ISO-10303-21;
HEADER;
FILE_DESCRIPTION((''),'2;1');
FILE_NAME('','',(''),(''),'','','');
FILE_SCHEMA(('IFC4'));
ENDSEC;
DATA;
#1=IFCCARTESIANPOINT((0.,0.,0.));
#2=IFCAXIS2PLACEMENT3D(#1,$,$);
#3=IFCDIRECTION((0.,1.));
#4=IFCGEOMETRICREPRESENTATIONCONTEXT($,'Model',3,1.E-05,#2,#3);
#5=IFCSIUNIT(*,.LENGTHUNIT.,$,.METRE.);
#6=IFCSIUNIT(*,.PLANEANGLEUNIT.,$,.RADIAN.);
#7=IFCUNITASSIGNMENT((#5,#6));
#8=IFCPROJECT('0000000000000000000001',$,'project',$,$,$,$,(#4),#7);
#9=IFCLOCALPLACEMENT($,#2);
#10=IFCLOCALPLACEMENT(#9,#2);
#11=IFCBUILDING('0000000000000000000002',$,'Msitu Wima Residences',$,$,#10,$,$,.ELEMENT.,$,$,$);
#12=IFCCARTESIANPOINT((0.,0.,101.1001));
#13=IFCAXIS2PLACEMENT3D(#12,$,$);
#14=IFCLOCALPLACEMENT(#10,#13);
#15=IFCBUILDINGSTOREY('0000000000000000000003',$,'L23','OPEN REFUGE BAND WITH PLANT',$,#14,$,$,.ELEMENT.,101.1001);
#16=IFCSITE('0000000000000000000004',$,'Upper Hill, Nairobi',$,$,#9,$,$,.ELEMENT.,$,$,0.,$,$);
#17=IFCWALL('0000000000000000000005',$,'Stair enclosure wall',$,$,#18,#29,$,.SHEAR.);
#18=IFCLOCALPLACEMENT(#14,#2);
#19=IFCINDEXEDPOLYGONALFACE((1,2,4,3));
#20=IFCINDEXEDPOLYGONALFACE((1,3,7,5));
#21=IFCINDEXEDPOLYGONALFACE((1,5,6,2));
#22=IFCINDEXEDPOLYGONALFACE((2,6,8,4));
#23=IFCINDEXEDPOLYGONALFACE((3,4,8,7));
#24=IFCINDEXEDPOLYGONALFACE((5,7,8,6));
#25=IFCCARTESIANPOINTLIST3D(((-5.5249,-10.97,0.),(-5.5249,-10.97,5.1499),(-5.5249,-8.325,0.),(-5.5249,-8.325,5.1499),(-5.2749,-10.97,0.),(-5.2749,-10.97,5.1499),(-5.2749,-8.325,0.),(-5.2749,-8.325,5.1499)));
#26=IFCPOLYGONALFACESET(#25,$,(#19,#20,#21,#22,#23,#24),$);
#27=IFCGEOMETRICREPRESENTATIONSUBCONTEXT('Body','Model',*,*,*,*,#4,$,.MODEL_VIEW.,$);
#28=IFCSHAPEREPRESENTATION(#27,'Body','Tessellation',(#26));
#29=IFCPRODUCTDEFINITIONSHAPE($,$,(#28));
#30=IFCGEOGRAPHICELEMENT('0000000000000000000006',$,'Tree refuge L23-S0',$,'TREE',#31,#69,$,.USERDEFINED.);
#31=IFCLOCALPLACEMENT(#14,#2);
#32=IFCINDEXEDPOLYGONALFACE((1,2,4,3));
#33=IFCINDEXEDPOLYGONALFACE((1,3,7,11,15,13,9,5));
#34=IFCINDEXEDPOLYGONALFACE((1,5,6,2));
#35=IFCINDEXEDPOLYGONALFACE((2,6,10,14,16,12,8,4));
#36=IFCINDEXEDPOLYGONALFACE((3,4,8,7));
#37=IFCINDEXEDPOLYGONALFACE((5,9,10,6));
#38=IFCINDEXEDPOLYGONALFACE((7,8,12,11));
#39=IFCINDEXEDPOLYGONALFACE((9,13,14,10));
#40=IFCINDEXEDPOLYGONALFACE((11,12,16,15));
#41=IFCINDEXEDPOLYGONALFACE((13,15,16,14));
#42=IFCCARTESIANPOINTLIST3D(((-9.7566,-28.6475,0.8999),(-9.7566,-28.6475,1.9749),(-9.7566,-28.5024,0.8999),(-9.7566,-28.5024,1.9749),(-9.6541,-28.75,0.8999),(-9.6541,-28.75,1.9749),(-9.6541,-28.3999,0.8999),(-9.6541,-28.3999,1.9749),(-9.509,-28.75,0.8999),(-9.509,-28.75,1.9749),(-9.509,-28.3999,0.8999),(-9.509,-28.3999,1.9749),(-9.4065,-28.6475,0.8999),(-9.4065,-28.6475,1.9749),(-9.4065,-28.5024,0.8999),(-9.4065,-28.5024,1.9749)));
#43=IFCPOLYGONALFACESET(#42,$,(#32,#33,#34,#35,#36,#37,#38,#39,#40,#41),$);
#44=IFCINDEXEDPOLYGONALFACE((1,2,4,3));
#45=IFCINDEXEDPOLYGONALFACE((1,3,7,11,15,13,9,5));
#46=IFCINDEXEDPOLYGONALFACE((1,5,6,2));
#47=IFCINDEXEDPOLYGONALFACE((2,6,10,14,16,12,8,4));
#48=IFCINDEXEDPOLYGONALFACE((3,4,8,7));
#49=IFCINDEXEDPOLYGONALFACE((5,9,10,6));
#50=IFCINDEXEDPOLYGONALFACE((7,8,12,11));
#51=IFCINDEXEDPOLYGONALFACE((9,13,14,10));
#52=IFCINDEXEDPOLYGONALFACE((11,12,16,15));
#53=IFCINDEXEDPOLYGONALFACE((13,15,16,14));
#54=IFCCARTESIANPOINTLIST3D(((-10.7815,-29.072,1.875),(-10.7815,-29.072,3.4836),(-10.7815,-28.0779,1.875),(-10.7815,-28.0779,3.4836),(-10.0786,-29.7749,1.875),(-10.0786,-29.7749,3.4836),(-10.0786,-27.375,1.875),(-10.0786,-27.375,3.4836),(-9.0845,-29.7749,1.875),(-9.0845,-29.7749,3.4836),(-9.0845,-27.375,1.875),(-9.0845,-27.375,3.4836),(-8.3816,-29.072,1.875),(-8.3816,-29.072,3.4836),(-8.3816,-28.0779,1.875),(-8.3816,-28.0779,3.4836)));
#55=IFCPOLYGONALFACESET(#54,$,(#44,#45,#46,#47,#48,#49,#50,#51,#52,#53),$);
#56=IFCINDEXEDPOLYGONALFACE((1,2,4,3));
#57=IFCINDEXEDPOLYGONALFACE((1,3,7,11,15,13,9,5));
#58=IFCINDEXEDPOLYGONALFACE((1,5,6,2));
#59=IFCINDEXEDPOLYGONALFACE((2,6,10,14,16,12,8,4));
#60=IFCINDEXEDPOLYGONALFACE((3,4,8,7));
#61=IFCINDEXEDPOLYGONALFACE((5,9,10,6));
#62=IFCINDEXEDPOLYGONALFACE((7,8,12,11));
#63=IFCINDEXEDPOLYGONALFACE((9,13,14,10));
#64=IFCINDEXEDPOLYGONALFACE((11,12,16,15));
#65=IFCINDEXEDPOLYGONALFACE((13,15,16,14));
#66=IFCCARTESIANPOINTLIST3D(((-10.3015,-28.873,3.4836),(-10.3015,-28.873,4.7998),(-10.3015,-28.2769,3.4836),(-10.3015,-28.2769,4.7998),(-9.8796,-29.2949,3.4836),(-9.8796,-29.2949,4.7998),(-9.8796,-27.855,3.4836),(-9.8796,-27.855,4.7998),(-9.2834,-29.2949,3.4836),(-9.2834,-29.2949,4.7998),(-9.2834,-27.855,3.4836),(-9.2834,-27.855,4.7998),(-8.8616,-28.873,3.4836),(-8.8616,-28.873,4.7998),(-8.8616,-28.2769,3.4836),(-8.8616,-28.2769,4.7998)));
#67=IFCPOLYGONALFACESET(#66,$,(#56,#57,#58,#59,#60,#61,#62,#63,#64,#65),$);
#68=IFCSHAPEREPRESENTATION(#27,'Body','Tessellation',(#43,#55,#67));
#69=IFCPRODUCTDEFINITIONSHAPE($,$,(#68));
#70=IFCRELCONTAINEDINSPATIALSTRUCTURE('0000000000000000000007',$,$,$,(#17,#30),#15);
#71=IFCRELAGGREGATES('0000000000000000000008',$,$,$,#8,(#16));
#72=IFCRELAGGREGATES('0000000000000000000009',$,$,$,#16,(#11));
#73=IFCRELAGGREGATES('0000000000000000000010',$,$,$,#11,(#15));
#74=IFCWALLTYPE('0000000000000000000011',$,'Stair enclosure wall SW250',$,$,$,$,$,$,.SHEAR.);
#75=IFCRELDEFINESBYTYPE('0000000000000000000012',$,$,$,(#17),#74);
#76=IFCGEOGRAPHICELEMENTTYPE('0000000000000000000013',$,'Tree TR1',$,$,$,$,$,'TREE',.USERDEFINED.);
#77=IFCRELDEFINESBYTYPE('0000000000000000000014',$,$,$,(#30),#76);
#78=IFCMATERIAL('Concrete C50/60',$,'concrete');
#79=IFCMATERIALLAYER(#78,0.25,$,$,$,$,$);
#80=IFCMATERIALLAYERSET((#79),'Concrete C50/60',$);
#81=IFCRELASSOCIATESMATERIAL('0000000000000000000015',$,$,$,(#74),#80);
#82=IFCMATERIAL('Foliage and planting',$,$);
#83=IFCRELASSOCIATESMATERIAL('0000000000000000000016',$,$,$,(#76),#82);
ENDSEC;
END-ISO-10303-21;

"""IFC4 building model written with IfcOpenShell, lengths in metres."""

from ifc_helpers import new_model, si_unit, direction, frame, frame_2d, origin, place, context, subcontext, project, spatial, polyline, rectangle, outline, extrude, material, layer, layer_set, type_object, element, save


model = new_model("IFC4")

# Units and contexts
model_context = context("Model", 3, precision=1e-05, world=origin(), true_north=direction((0.0, 1.0)))
body_context = subcontext(model_context, "Body", "Model", "MODEL_VIEW")
ifc_project = project(units=[si_unit("LENGTHUNIT", "METRE"), si_unit("PLANEANGLEUNIT", "RADIAN")], contexts=[model_context])

# Site, building, storey
site_placement = place(None, origin())
site = spatial("IfcSite", under=ifc_project, at=site_placement, Name="Upper Hill, Nairobi", CompositionType="ELEMENT", RefElevation=0.0)
building_placement = place(site_placement, origin())
building = spatial("IfcBuilding", under=site, at=building_placement, Name="Msitu Wima Residences", CompositionType="ELEMENT")
storey_placement = place(building_placement, frame((0.0, 0.0, 101.1001)))
storey = spatial("IfcBuildingStorey", under=building, at=storey_placement, Name="L23", Description="OPEN REFUGE BAND WITH PLANT", CompositionType="ELEMENT", Elevation=101.1001)

# Shared definitions
ifc_material_1 = material(Name="Concrete C50/60", Category="concrete")

# Wall
ifc_layer_1 = layer(ifc_material_1, 0.25)
ifc_layer_set_1 = layer_set([ifc_layer_1], Name="Concrete C50/60")
wall_type_1 = type_object("IfcWallType", Name="Stair enclosure wall SW250", PredefinedType="SHEAR", material=ifc_layer_set_1)
wall_1_placement = place(storey_placement, frame((-5.3999, -10.97, 0.0), z_axis=(0.0, 0.0, 1.0), x_axis=(0.0, 1.0, 0.0)))
element("IfcWall", 1, at=wall_1_placement, inside=storey, type_object=wall_type_1, Name="Stair enclosure wall", PredefinedType="SHEAR", context=body_context, shape_type="SweptSolid", body=[
    extrude(rectangle(XDim=2.645, YDim=0.25, at=frame_2d((1.3225, 0.0))), origin(), (0.0, 0.0, 1.0), 5.1499),
])

# Geographic element
ifc_material_2 = material(Name="Foliage and planting")
geographic_element_type = type_object("IfcGeographicElementType", Name="Tree TR1", ElementType="TREE", PredefinedType="USERDEFINED", material=ifc_material_2)
geographic_element_placement = place(storey_placement, frame((-9.5815, -28.575, 0.8999), z_axis=(0.0, 0.0, 1.0), x_axis=(1.0, 0.0, 0.0)))
element("IfcGeographicElement", 2, at=geographic_element_placement, inside=storey, type_object=geographic_element_type, Name="Tree refuge L23-S0", ObjectType="TREE", PredefinedType="USERDEFINED", context=body_context, shape_type="SweptSolid", body=[
    extrude(outline(polyline([(0.175, 0.0725), (0.0725, 0.175), (-0.0725, 0.175), (-0.175, 0.0725), (-0.175, -0.0725), (-0.0725, -0.175), (0.0725, -0.175), (0.175, -0.0725), (0.175, 0.0725)])), origin(), (0.0, 0.0, 1.0), 1.075),
    extrude(outline(polyline([(1.2, 0.4971), (0.4971, 1.2), (-0.4971, 1.2), (-1.2, 0.4971), (-1.2, -0.4971), (-0.4971, -1.2), (0.4971, -1.2), (1.2, -0.4971), (1.2, 0.4971)])), frame((0.0, 0.0, 0.9751)), (0.0, 0.0, 1.0), 1.6086),
    extrude(outline(polyline([(0.72, 0.2981), (0.2981, 0.72), (-0.2981, 0.72), (-0.72, 0.2981), (-0.72, -0.2981), (-0.2981, -0.72), (0.2981, -0.72), (0.72, -0.2981), (0.72, 0.2981)])), frame((0.0, 0.0, 2.5837)), (0.0, 0.0, 1.0), 1.3162),
])

save(model, "model.ifc")
